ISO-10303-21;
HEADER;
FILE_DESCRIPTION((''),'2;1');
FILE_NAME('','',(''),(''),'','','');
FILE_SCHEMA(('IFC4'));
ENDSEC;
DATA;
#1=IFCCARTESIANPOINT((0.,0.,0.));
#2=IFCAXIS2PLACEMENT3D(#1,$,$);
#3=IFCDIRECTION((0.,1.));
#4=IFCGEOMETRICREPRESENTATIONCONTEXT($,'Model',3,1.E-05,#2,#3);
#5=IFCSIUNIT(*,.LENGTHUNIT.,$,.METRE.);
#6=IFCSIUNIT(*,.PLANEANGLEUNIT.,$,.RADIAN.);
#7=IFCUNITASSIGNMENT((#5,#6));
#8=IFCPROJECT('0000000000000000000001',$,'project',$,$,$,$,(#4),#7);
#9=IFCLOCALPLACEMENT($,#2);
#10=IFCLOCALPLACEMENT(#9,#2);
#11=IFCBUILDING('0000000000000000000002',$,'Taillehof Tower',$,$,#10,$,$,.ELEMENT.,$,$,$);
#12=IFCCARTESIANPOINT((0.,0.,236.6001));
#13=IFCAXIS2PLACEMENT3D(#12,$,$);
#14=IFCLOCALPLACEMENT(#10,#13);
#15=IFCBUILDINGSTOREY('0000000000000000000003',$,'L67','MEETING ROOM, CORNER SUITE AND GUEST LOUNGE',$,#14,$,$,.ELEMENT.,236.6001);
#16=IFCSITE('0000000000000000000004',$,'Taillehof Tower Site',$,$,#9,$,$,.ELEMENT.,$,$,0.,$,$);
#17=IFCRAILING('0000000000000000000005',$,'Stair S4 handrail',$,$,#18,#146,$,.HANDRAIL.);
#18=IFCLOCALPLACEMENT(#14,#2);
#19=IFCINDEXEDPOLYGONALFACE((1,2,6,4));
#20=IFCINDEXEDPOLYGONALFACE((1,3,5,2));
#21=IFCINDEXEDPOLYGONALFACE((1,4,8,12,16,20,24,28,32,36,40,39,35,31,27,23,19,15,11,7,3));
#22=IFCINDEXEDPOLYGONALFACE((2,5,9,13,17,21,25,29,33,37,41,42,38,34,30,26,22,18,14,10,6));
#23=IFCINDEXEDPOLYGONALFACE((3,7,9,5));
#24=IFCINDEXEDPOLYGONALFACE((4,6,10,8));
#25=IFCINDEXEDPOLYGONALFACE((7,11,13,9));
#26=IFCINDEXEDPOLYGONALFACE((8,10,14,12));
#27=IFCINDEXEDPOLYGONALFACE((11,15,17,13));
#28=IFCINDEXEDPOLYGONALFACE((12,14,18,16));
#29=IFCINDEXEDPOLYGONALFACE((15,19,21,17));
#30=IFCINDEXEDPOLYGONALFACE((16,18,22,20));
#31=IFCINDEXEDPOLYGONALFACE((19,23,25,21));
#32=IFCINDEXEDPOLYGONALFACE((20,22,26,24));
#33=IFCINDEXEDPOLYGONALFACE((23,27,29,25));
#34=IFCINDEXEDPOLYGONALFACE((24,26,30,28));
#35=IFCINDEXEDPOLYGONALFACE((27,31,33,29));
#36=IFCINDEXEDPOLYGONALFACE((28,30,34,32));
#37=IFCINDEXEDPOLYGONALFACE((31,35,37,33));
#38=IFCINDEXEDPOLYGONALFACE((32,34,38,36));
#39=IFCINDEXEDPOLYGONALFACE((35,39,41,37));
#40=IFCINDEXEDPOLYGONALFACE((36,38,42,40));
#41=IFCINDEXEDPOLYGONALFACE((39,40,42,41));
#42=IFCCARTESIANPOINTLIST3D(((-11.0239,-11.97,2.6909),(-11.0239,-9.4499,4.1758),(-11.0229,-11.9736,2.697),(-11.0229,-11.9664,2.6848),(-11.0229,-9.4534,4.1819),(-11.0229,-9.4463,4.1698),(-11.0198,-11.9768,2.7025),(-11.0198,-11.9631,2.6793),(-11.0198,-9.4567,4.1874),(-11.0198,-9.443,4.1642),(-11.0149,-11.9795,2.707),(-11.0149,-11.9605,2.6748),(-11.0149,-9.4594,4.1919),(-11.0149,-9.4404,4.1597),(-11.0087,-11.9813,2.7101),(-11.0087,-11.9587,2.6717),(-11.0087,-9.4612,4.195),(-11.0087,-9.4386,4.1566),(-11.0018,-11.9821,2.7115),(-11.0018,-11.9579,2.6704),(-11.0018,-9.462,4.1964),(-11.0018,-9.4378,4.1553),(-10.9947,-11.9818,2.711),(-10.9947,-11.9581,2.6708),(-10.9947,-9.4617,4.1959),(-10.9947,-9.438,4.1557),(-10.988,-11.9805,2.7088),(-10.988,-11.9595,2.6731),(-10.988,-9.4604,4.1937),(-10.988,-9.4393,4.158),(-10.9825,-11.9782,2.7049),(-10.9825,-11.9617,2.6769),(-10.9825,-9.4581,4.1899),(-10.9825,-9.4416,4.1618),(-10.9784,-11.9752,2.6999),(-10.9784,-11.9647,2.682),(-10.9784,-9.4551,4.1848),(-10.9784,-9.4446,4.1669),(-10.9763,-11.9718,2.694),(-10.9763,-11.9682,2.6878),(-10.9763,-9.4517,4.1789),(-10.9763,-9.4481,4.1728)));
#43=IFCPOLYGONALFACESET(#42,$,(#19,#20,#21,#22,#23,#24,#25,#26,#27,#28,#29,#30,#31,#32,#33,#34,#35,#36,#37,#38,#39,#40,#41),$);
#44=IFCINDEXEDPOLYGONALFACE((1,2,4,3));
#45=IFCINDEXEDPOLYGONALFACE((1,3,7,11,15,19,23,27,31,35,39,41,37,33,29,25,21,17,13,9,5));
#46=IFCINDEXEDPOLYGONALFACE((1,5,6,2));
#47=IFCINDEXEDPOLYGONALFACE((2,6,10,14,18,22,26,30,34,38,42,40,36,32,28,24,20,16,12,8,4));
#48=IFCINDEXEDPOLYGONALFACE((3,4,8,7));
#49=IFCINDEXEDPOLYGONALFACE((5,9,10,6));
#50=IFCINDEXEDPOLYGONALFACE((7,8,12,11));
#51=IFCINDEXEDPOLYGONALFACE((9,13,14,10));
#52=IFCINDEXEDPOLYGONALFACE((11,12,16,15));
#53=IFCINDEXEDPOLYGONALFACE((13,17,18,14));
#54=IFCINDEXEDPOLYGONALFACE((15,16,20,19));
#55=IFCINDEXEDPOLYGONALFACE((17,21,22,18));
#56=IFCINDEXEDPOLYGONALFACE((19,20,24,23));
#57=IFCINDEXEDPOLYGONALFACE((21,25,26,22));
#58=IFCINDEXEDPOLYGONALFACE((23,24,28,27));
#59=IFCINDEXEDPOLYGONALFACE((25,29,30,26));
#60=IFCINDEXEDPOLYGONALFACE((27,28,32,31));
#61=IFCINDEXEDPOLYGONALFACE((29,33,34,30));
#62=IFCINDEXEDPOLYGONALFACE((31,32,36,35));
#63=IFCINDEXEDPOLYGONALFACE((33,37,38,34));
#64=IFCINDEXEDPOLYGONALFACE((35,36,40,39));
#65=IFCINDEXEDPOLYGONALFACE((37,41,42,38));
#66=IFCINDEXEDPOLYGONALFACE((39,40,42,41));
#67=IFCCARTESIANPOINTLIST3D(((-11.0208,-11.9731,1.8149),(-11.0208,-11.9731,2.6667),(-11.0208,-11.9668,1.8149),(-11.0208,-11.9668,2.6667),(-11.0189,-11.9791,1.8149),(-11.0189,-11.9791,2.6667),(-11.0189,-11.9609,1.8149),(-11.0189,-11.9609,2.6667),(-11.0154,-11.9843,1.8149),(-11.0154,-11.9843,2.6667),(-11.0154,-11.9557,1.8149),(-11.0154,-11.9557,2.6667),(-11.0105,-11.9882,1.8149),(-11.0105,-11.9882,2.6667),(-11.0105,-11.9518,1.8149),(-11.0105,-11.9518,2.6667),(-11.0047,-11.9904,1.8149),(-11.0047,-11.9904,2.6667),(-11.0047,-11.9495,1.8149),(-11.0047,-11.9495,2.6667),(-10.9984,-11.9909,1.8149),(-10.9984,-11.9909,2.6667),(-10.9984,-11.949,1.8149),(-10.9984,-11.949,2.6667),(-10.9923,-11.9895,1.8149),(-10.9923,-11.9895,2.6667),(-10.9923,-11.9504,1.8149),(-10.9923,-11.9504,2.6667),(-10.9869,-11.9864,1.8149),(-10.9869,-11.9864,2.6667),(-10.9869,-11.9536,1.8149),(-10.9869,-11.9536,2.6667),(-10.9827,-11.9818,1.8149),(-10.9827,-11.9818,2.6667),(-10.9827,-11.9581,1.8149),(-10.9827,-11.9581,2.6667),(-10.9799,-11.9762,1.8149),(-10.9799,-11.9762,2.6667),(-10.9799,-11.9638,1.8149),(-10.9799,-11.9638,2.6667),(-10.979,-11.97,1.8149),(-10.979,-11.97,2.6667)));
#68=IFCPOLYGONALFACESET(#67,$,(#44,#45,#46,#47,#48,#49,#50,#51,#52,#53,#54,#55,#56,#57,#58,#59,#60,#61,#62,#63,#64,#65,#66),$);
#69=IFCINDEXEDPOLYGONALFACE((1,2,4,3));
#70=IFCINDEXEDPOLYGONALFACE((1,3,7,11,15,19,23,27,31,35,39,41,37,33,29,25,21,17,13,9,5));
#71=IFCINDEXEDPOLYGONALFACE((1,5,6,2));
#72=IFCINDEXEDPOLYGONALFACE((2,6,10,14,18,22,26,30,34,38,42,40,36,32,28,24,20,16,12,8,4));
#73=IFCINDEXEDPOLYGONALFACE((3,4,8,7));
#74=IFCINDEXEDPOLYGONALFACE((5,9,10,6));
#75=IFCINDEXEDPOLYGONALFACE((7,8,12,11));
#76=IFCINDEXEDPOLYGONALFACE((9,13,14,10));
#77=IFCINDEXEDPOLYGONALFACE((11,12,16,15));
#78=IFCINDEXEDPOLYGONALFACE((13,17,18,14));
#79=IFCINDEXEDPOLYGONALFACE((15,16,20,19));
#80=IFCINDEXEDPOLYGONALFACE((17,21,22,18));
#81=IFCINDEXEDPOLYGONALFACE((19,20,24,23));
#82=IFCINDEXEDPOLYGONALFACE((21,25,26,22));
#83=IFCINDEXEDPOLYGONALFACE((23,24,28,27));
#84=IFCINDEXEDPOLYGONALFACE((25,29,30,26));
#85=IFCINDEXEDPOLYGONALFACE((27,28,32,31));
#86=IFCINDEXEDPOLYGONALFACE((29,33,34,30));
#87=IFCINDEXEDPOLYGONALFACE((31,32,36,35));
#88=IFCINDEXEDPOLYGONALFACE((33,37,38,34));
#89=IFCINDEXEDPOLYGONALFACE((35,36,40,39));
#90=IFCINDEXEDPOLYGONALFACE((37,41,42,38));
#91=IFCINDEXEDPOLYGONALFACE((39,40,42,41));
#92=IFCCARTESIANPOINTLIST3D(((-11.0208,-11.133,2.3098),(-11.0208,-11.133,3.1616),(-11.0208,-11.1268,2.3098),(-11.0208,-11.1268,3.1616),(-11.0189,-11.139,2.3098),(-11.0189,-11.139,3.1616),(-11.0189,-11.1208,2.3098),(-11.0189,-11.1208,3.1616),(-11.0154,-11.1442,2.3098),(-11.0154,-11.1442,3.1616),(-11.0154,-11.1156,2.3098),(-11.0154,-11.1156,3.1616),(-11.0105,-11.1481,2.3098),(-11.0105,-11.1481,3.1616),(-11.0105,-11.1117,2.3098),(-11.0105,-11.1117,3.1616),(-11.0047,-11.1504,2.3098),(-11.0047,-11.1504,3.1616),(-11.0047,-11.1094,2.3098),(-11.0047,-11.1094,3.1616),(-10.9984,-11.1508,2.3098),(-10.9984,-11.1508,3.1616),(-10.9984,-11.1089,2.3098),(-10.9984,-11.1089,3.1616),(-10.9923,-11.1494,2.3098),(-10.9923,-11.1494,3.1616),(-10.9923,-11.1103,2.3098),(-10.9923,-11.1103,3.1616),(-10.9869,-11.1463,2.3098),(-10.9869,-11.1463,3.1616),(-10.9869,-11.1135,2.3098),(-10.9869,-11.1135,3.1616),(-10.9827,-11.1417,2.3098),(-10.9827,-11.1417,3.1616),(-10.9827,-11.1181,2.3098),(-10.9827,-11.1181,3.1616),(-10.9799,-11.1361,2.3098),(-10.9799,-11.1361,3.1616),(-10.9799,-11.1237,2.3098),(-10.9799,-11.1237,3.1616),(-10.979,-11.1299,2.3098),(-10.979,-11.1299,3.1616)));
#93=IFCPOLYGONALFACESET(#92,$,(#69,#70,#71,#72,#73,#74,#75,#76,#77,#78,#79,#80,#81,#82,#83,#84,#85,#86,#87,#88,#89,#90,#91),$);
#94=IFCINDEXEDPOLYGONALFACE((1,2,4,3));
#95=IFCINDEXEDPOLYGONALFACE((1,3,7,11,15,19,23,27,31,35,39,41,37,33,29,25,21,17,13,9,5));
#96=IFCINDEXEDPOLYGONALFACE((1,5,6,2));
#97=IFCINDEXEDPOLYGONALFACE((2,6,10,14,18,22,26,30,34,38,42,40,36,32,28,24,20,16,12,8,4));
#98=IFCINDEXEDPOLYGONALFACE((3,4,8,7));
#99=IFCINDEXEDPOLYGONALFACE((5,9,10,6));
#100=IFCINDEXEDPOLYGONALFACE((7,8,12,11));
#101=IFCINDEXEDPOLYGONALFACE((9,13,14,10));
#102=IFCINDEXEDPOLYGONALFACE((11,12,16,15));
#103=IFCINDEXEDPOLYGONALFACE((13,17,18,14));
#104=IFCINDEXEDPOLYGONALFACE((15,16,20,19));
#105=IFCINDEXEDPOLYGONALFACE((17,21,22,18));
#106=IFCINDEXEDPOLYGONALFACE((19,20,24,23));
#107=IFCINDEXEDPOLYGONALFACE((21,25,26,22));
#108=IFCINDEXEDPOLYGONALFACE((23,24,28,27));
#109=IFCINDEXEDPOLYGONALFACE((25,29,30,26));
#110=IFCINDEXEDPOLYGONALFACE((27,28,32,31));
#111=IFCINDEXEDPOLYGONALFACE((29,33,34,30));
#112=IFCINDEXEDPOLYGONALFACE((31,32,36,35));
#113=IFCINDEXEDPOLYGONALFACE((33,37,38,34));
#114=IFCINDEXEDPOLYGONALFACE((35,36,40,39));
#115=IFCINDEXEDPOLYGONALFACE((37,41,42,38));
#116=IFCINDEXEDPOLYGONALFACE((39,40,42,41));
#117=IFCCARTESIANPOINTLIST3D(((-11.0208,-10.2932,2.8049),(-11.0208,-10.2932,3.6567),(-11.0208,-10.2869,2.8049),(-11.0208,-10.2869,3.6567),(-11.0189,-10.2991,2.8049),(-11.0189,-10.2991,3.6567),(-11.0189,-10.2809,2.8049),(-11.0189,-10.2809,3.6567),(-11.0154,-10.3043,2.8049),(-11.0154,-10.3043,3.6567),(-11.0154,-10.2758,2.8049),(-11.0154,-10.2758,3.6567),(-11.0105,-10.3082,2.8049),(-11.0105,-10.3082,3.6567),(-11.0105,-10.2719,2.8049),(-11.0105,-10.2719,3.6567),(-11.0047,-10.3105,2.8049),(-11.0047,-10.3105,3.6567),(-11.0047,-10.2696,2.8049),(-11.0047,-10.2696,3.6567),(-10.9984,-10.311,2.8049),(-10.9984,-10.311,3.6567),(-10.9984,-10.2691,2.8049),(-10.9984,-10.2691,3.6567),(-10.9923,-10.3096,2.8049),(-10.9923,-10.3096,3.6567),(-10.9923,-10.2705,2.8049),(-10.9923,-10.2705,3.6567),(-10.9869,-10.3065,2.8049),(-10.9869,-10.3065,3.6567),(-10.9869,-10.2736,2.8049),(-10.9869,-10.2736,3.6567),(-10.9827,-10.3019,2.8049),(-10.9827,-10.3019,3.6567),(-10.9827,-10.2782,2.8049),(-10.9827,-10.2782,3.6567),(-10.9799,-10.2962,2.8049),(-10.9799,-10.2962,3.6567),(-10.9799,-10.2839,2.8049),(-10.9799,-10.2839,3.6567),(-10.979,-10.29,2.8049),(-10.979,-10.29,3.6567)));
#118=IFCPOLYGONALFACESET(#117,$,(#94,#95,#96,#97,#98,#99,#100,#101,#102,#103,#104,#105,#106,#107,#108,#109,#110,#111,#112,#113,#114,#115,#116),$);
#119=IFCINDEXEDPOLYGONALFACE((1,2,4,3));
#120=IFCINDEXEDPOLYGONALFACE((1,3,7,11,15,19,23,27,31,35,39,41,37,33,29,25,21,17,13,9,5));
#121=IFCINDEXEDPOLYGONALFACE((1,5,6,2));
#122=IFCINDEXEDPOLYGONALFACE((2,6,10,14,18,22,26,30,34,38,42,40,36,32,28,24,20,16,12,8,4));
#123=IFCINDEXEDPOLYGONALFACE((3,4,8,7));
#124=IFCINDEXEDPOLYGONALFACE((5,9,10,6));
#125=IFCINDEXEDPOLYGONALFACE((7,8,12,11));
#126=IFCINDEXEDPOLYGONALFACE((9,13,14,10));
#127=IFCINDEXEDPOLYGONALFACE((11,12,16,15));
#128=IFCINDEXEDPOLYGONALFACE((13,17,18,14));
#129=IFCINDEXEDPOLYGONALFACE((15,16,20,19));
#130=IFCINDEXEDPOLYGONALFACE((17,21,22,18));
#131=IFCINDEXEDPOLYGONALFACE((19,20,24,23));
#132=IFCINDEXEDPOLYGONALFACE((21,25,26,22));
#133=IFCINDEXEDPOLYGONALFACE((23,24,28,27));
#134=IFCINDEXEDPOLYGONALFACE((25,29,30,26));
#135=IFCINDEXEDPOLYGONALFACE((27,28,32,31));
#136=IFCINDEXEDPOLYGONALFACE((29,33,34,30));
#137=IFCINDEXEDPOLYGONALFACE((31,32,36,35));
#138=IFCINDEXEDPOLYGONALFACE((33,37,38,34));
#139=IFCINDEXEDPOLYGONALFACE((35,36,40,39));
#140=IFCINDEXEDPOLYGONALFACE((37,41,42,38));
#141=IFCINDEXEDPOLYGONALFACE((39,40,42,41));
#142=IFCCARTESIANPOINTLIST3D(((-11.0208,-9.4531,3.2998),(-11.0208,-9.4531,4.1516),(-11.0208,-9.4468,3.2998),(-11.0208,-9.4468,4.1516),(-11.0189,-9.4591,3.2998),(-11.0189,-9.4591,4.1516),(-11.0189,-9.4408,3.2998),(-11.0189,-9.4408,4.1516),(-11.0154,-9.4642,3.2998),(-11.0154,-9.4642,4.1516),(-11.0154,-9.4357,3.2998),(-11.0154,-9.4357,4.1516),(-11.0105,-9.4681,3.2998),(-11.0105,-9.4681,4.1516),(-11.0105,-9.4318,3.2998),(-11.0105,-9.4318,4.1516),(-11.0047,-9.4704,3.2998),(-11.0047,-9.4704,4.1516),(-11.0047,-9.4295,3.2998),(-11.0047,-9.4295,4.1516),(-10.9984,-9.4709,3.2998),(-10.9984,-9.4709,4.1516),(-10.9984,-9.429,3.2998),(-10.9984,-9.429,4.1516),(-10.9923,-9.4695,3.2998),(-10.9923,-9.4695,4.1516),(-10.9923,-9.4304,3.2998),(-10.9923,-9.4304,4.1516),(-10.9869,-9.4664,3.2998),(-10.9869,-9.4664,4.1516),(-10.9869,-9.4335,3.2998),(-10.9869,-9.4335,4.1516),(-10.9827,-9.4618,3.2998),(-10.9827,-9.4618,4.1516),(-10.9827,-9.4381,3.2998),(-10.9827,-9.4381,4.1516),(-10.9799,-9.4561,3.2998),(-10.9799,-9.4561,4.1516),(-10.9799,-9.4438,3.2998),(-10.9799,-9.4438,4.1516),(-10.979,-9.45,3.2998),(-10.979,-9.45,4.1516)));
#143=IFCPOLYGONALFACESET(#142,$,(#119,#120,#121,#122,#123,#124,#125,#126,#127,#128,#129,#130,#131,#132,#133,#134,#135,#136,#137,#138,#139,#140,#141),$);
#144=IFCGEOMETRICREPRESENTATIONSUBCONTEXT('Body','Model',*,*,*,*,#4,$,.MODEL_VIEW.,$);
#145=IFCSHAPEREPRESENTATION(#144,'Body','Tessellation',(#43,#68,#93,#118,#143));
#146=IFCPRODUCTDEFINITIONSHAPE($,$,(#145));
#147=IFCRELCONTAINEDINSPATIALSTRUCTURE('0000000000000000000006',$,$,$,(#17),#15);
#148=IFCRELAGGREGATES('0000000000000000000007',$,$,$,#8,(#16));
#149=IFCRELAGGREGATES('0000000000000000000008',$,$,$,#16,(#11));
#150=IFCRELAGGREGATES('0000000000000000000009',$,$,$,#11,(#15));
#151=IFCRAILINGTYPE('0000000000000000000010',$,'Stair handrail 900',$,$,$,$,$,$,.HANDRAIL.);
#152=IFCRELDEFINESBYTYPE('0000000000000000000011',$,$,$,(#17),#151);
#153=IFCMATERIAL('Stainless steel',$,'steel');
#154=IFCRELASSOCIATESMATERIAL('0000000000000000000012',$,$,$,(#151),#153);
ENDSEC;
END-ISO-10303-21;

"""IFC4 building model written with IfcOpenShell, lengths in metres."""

from ifc_helpers import new_model, si_unit, direction, frame, origin, origin_2d, place, context, subcontext, project, spatial, circle, extrude, material, type_object, element, save


model = new_model("IFC4")

# Units and contexts
model_context = context("Model", 3, precision=1e-05, world=origin(), true_north=direction((0.0, 1.0)))
body_context = subcontext(model_context, "Body", "Model", "MODEL_VIEW")
ifc_project = project(units=[si_unit("LENGTHUNIT", "METRE"), si_unit("PLANEANGLEUNIT", "RADIAN")], contexts=[model_context])

# Site, building, storey
site_placement = place(None, origin())
site = spatial("IfcSite", under=ifc_project, at=site_placement, Name="Taillehof Tower Site", CompositionType="ELEMENT", RefElevation=0.0)
building_placement = place(site_placement, origin())
building = spatial("IfcBuilding", under=site, at=building_placement, Name="Taillehof Tower", CompositionType="ELEMENT")
storey_placement = place(building_placement, frame((0.0, 0.0, 236.6001)))
storey = spatial("IfcBuildingStorey", under=building, at=storey_placement, Name="L67", Description="MEETING ROOM, CORNER SUITE AND GUEST LOUNGE", CompositionType="ELEMENT", Elevation=236.6001)

# Railing
ifc_material_1 = material(Name="Stainless steel", Category="steel")
railing_type = type_object("IfcRailingType", Name="Stair handrail 900", PredefinedType="HANDRAIL", material=ifc_material_1)
railing_placement = place(storey_placement, frame((-11.0, -11.97, 1.8149)))
element("IfcRailing", 1, at=railing_placement, inside=storey, type_object=railing_type, Name="Stair S4 handrail", PredefinedType="HANDRAIL", context=body_context, shape_type="SweptSolid", body=[
    extrude(circle(Radius=0.0239, at=origin_2d()), frame((0.0, 0.0, 0.876), z_axis=(0.0, 0.861561, 0.507655), x_axis=(-1.0, 0.0, 0.0)), (0.0, 0.0, 1.0), 2.925),
    extrude(circle(Radius=0.021, at=origin_2d()), origin(), (0.0, 0.0, 1.0), 0.8518),
    extrude(circle(Radius=0.021, at=origin_2d()), frame((0.0, 0.8401, 0.4949)), (0.0, 0.0, 1.0), 0.8518),
    extrude(circle(Radius=0.021, at=origin_2d()), frame((0.0, 1.6799, 0.99)), (0.0, 0.0, 1.0), 0.8518),
    extrude(circle(Radius=0.021, at=origin_2d()), frame((0.0, 2.52, 1.4849)), (0.0, 0.0, 1.0), 0.8518),
])

save(model, "model.ifc")
